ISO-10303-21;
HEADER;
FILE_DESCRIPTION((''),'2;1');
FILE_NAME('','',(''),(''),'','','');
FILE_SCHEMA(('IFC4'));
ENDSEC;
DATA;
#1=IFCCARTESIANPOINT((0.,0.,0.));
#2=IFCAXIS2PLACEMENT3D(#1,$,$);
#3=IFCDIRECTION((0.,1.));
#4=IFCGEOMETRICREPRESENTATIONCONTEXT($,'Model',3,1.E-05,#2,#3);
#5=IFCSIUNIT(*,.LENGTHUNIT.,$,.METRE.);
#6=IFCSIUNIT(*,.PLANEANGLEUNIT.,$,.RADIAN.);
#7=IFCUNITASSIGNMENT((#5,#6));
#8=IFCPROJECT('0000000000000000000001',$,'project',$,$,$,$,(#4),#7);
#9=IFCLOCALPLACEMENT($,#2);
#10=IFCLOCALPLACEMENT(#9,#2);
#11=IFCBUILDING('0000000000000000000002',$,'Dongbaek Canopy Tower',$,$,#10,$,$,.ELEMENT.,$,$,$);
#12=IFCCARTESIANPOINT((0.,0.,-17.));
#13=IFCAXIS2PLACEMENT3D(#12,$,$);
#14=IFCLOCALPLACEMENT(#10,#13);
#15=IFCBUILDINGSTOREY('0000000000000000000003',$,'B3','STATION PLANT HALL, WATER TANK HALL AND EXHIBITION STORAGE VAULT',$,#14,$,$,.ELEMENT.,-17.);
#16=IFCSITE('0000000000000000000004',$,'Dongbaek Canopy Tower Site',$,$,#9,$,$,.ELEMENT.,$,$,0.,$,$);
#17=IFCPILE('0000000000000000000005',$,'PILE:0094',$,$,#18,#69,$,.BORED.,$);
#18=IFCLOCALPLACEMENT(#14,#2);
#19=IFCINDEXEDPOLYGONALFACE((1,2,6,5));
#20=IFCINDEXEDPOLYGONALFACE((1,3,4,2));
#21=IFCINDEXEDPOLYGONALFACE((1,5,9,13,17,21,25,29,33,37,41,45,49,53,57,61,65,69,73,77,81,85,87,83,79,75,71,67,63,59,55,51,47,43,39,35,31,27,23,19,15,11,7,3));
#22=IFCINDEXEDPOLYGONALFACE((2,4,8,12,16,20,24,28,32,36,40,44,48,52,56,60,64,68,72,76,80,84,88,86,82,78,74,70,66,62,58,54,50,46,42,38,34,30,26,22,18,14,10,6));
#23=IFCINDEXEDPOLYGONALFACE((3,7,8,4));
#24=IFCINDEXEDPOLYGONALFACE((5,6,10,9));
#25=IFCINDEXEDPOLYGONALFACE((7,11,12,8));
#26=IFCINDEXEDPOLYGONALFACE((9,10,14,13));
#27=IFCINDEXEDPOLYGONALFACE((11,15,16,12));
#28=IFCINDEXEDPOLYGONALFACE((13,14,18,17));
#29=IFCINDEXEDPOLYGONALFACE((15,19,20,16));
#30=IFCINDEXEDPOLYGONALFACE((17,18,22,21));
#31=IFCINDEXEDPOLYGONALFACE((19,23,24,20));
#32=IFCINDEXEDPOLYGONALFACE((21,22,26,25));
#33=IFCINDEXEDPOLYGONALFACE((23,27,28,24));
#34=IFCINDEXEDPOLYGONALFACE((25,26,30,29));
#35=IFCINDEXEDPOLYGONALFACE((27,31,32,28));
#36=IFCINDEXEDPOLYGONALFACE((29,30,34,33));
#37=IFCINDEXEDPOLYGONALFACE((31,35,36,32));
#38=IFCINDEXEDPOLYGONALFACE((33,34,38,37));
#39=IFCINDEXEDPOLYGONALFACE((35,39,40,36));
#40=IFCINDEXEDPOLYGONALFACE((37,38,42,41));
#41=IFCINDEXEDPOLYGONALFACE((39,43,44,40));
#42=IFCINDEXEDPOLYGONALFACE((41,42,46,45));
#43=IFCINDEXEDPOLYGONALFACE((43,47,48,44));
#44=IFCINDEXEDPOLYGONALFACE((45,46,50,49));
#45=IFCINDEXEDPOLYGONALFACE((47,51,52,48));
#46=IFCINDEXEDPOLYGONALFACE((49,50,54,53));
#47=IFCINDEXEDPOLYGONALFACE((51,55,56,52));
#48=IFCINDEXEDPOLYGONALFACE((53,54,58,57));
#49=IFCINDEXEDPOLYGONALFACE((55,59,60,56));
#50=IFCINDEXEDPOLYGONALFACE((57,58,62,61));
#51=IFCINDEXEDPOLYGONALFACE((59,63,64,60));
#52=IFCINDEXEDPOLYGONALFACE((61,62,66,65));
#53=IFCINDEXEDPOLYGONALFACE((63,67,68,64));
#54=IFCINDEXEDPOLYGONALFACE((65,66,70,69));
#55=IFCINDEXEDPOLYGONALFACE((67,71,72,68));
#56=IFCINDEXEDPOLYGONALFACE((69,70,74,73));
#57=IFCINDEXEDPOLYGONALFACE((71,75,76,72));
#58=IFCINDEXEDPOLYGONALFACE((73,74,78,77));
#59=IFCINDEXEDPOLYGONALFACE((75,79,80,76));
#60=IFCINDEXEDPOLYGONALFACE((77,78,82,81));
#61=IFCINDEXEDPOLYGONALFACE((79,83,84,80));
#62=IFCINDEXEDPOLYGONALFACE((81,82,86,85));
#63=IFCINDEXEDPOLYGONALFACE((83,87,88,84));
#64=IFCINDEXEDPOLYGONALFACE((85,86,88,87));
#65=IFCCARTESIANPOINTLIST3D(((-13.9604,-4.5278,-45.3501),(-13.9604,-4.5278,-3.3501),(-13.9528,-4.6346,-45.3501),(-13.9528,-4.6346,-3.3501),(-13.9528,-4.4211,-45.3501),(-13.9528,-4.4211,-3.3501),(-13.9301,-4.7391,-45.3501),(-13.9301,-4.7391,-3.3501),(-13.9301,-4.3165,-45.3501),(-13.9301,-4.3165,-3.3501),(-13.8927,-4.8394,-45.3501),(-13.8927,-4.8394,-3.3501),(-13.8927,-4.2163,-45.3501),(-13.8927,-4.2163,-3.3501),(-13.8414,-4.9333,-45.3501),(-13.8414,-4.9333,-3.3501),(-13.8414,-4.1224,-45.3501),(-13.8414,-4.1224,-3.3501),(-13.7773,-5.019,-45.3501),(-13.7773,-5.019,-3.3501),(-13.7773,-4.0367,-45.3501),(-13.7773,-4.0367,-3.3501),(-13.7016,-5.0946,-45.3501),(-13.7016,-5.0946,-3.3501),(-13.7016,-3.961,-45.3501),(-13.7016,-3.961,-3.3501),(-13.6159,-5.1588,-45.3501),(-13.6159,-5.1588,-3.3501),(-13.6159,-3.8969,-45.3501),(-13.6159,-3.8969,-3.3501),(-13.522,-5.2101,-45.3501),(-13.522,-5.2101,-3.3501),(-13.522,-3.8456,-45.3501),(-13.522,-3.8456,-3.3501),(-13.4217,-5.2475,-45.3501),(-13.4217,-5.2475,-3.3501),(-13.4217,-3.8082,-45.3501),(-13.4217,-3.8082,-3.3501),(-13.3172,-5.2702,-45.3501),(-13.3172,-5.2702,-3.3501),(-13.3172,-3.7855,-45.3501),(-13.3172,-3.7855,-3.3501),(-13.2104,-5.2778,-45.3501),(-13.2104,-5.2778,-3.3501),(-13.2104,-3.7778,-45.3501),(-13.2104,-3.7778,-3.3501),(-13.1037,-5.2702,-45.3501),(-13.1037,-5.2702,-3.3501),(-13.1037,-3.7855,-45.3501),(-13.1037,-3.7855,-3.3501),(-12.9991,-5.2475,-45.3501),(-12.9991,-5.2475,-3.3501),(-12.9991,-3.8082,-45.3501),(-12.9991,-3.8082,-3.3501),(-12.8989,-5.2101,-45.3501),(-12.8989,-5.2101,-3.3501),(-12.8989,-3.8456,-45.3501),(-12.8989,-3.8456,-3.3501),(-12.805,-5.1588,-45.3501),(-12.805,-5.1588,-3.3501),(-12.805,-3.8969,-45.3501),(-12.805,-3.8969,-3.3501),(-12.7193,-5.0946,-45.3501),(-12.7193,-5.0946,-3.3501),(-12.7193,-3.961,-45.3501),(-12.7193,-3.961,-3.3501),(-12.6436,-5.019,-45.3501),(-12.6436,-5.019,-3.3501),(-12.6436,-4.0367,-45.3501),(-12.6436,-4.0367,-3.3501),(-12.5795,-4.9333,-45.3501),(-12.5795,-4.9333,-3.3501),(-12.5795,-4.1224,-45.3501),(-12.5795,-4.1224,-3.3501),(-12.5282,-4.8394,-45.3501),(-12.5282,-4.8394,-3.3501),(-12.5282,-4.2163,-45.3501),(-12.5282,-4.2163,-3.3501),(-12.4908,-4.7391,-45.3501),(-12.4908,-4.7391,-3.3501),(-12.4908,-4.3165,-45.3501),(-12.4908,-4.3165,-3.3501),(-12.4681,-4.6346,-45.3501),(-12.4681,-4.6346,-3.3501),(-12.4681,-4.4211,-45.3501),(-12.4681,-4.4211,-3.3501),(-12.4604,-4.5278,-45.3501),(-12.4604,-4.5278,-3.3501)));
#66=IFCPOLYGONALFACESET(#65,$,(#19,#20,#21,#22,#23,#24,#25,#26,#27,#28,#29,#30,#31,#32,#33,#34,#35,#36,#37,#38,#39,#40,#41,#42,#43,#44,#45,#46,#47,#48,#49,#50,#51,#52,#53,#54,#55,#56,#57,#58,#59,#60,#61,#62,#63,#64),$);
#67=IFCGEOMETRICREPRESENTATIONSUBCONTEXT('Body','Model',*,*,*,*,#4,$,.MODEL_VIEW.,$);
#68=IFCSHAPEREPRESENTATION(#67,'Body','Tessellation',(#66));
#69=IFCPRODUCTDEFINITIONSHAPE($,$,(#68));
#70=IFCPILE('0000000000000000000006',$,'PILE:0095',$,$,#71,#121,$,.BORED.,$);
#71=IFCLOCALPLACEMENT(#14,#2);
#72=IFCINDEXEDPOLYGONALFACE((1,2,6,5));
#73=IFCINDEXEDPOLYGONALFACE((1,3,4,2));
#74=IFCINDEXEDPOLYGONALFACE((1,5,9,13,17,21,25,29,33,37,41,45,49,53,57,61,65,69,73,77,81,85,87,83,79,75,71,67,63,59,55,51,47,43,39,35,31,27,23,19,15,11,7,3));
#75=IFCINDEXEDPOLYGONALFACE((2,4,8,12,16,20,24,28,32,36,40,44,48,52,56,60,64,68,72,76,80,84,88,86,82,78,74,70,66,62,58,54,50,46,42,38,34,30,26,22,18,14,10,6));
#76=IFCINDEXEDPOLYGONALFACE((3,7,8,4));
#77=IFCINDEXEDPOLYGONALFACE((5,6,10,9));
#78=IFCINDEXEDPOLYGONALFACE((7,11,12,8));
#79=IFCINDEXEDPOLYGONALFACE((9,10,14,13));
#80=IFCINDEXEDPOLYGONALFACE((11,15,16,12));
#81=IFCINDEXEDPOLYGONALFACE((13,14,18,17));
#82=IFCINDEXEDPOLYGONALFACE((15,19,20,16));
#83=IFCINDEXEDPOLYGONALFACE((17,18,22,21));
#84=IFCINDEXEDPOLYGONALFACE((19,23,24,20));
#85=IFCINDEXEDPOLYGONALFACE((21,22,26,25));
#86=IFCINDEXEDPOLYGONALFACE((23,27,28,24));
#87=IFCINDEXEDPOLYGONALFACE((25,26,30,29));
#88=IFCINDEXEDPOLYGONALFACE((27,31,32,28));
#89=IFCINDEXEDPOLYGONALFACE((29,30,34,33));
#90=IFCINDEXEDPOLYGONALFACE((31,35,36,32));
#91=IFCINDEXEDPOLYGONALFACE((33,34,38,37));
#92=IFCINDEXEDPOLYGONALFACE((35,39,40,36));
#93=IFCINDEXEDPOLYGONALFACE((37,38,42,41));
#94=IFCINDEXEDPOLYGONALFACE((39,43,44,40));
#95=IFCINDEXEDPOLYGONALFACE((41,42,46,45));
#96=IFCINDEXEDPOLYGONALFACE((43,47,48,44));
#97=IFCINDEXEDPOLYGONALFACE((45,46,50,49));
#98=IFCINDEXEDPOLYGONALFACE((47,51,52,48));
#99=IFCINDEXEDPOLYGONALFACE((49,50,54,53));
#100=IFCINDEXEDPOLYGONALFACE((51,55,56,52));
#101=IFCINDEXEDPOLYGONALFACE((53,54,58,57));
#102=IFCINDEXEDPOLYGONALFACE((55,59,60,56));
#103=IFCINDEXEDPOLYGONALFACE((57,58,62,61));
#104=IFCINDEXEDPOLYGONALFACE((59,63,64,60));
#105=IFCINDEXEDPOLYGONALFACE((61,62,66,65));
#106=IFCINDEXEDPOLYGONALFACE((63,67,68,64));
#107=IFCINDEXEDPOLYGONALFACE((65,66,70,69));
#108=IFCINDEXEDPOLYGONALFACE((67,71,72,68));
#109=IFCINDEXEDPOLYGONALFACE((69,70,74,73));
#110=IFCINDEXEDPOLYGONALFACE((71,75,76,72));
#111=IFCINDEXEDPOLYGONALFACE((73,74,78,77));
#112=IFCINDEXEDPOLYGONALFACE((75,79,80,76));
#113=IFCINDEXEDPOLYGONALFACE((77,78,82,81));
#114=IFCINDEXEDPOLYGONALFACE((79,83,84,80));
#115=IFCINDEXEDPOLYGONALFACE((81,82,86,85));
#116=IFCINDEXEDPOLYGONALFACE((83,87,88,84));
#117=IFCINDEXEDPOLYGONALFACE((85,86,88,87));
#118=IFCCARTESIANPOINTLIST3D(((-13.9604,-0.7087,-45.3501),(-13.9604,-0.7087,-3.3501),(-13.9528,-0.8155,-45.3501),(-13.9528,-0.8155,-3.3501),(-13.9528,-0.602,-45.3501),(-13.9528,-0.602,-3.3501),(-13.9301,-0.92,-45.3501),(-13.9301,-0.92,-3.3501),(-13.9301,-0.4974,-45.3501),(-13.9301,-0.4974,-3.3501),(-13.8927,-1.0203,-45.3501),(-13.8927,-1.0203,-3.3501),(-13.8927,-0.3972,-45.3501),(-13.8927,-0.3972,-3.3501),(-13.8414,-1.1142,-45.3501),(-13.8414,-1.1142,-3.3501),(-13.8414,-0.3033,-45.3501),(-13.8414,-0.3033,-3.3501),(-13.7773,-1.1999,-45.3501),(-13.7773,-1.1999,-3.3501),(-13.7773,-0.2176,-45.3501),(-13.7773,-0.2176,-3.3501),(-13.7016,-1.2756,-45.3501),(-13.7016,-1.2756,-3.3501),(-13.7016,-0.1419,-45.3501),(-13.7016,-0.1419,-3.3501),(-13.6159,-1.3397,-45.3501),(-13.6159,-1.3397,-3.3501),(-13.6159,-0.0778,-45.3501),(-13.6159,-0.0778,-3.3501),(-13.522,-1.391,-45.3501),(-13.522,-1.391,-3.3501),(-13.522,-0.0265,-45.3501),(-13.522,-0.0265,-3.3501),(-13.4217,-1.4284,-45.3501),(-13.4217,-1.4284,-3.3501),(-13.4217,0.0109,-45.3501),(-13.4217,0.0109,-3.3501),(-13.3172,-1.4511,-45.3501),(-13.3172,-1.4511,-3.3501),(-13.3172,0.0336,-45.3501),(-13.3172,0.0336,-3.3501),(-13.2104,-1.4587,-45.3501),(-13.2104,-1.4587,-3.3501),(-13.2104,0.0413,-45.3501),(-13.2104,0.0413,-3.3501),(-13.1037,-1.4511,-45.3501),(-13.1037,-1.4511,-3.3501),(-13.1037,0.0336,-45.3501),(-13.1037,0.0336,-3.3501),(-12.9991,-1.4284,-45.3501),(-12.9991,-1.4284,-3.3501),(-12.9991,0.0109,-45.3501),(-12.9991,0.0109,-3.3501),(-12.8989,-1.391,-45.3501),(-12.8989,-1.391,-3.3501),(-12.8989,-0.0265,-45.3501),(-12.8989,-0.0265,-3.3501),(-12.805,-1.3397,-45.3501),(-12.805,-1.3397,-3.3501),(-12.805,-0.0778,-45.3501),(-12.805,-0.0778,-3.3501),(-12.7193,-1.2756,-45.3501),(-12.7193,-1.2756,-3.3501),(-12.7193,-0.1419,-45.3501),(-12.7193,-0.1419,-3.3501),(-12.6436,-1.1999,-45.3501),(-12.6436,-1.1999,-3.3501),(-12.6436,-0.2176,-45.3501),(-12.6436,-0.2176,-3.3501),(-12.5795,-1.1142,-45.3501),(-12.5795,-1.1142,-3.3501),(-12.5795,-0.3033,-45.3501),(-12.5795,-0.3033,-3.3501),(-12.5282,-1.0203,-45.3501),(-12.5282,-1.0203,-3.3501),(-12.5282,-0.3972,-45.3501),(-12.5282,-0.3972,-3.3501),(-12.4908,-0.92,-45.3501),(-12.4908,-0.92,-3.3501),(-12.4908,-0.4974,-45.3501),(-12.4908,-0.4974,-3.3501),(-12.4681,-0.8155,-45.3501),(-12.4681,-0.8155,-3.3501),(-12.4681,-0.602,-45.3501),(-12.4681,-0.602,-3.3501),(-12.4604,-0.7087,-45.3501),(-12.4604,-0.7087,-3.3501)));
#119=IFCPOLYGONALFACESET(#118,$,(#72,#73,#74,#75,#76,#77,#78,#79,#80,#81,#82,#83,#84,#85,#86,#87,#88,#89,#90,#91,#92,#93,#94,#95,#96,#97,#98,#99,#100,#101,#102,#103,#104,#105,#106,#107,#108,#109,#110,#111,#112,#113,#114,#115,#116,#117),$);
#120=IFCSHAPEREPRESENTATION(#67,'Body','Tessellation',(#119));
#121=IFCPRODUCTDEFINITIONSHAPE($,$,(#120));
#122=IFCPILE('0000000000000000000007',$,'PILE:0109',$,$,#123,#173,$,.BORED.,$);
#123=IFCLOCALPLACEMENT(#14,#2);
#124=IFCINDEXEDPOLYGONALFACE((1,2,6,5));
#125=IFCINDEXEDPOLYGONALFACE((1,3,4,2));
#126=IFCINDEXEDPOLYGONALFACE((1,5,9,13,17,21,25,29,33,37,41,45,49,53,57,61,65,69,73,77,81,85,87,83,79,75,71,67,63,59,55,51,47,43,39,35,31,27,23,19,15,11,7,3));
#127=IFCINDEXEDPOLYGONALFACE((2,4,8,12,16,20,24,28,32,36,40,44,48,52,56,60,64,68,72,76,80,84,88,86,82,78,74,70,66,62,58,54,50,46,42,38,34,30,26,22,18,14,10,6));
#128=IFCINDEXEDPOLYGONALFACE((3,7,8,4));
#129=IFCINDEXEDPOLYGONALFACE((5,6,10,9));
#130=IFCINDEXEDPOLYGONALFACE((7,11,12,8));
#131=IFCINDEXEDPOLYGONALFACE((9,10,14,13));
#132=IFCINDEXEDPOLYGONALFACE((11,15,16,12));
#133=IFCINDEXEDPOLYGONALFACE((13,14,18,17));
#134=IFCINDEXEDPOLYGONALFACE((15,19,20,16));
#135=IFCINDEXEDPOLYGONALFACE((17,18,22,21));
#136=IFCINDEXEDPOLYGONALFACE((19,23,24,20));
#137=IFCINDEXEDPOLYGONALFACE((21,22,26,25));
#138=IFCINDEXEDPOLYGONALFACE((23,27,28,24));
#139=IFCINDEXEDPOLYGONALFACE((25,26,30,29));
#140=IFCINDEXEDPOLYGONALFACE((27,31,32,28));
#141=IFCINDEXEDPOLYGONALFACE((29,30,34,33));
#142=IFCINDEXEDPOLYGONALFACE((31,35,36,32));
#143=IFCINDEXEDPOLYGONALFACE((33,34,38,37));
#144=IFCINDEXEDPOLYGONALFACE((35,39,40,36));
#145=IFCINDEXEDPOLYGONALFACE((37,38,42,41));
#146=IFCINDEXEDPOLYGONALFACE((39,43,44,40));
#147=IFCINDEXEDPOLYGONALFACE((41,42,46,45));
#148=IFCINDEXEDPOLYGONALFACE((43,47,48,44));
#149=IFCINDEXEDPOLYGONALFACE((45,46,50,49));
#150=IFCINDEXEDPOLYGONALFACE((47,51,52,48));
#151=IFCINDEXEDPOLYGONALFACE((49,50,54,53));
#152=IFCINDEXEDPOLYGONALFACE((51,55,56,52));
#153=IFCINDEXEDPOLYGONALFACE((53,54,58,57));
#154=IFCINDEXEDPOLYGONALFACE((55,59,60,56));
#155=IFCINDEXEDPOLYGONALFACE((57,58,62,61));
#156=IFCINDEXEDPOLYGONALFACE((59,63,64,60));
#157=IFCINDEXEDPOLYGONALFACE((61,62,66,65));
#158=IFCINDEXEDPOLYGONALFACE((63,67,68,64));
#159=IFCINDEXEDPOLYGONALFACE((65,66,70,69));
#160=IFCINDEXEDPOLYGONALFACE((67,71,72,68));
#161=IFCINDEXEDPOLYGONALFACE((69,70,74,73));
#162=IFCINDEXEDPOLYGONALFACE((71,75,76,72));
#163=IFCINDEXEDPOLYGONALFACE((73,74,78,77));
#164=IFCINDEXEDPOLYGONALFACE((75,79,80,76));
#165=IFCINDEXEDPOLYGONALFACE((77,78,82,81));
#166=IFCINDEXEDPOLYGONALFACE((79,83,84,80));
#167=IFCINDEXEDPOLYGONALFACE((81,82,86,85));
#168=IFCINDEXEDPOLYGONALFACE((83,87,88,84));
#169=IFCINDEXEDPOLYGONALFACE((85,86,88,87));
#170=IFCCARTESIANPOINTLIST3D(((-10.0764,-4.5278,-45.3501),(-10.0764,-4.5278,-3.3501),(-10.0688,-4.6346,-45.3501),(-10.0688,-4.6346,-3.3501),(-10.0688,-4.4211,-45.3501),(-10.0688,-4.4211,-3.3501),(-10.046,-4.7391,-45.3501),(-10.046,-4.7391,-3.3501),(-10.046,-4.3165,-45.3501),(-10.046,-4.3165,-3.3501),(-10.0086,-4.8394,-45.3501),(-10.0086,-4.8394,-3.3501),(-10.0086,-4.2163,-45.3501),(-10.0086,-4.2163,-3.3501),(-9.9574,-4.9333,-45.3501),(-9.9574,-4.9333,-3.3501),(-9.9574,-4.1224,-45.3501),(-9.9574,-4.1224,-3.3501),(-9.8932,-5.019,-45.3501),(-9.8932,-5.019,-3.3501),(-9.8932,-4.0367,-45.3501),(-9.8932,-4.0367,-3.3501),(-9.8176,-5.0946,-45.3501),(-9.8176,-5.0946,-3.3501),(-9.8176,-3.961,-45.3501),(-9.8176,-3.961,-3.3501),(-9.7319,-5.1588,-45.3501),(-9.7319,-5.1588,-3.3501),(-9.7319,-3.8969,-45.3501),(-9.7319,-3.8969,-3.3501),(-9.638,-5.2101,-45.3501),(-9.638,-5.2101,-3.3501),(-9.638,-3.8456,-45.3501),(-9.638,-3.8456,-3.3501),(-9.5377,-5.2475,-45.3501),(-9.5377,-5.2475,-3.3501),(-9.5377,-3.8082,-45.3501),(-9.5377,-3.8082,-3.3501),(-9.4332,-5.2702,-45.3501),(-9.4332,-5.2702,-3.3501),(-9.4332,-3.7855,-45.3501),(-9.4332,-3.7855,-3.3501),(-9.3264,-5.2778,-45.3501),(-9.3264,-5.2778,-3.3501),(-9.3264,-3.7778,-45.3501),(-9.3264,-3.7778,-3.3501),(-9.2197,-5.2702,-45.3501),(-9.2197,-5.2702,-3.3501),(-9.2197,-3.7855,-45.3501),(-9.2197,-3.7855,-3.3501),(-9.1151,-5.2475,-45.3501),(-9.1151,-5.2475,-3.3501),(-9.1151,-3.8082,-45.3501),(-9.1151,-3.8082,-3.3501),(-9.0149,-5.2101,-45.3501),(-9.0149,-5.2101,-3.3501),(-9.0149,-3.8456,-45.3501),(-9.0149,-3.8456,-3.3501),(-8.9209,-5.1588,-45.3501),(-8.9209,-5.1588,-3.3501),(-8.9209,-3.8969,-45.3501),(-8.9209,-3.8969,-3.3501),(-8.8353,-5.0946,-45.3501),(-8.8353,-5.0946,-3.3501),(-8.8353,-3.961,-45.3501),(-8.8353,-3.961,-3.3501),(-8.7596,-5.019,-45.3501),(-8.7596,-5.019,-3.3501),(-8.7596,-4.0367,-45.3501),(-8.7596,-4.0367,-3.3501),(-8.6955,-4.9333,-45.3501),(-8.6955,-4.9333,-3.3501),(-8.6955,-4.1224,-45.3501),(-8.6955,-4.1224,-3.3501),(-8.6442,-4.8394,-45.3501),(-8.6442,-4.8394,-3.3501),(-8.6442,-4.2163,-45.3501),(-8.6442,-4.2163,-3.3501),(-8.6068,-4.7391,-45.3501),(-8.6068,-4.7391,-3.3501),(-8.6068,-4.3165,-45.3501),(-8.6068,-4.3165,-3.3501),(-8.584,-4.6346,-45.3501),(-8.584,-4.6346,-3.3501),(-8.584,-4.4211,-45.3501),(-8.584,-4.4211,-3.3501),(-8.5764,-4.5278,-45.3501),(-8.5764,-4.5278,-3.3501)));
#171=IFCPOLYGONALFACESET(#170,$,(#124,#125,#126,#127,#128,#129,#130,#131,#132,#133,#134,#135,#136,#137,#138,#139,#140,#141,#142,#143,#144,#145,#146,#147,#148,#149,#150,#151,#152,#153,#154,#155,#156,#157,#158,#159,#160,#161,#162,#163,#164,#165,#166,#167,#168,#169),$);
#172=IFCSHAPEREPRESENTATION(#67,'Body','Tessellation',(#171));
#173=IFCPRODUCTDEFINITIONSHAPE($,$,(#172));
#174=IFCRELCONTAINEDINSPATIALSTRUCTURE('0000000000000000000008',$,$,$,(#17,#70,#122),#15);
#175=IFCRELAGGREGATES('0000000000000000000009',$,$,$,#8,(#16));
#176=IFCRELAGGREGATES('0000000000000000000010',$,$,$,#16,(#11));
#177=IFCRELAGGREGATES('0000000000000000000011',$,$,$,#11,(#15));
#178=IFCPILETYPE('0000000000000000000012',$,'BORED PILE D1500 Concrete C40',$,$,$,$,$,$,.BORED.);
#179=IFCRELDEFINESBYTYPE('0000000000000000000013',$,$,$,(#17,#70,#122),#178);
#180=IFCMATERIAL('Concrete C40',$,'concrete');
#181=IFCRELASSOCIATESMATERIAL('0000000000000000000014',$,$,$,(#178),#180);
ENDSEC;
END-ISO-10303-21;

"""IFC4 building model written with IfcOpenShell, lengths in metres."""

from ifc_helpers import new_model, si_unit, direction, frame, origin, origin_2d, place, context, subcontext, project, spatial, circle, extrude, material, material_profile, profile_set, type_object, element, save


model = new_model("IFC4")

# Units and contexts
model_context = context("Model", 3, precision=1e-05, world=origin(), true_north=direction((0.0, 1.0)))
body_context = subcontext(model_context, "Body", "Model", "MODEL_VIEW")
ifc_project = project(units=[si_unit("LENGTHUNIT", "METRE"), si_unit("PLANEANGLEUNIT", "RADIAN")], contexts=[model_context])

# Site, building, storey
site_placement = place(None, origin())
site = spatial("IfcSite", under=ifc_project, at=site_placement, Name="Dongbaek Canopy Tower Site", CompositionType="ELEMENT", RefElevation=0.0)
building_placement = place(site_placement, origin())
building = spatial("IfcBuilding", under=site, at=building_placement, Name="Dongbaek Canopy Tower", CompositionType="ELEMENT")
storey_placement = place(building_placement, frame((0.0, 0.0, -17.0)))
storey = spatial("IfcBuildingStorey", under=building, at=storey_placement, Name="B3", Description="STATION PLANT HALL, WATER TANK HALL AND EXHIBITION STORAGE VAULT", CompositionType="ELEMENT", Elevation=-17.0)

# Piles
ifc_material_1 = material(Name="Concrete C40", Category="concrete")
ifc_material_profile = material_profile(ifc_material_1, circle(Radius=0.75, at=origin_2d()), Name="BORED PILE D1500 Concrete C40")
ifc_profile_set = profile_set([ifc_material_profile], Name="Concrete C40")
pile_type = type_object("IfcPileType", Name="BORED PILE D1500 Concrete C40", PredefinedType="BORED", material=ifc_profile_set)
for number, where, z_axis, x_axis, name in (
    (1, (-13.2104, -4.5278, -3.3501), (0.0, 0.0, -1.0), (1.0, 0.0, 0.0), "PILE:0094"),
    (2, (-13.2104, -0.7087, -3.3501), (0.0, 0.0, -1.0), (1.0, 0.0, 0.0), "PILE:0095"),
    (3, (-9.3264, -4.5278, -3.3501), (0.0, 0.0, -1.0), (1.0, 0.0, 0.0), "PILE:0109"),
):
    element("IfcPile", number, at=place(storey_placement, frame(where, z_axis=z_axis, x_axis=x_axis)), inside=storey, type_object=pile_type, Name=name, PredefinedType="BORED", context=body_context, shape_type="SweptSolid", body=[
        extrude(circle(Radius=0.75, at=origin_2d()), origin(), (0.0, 0.0, 1.0), 42.0),
    ])

save(model, "model.ifc")
